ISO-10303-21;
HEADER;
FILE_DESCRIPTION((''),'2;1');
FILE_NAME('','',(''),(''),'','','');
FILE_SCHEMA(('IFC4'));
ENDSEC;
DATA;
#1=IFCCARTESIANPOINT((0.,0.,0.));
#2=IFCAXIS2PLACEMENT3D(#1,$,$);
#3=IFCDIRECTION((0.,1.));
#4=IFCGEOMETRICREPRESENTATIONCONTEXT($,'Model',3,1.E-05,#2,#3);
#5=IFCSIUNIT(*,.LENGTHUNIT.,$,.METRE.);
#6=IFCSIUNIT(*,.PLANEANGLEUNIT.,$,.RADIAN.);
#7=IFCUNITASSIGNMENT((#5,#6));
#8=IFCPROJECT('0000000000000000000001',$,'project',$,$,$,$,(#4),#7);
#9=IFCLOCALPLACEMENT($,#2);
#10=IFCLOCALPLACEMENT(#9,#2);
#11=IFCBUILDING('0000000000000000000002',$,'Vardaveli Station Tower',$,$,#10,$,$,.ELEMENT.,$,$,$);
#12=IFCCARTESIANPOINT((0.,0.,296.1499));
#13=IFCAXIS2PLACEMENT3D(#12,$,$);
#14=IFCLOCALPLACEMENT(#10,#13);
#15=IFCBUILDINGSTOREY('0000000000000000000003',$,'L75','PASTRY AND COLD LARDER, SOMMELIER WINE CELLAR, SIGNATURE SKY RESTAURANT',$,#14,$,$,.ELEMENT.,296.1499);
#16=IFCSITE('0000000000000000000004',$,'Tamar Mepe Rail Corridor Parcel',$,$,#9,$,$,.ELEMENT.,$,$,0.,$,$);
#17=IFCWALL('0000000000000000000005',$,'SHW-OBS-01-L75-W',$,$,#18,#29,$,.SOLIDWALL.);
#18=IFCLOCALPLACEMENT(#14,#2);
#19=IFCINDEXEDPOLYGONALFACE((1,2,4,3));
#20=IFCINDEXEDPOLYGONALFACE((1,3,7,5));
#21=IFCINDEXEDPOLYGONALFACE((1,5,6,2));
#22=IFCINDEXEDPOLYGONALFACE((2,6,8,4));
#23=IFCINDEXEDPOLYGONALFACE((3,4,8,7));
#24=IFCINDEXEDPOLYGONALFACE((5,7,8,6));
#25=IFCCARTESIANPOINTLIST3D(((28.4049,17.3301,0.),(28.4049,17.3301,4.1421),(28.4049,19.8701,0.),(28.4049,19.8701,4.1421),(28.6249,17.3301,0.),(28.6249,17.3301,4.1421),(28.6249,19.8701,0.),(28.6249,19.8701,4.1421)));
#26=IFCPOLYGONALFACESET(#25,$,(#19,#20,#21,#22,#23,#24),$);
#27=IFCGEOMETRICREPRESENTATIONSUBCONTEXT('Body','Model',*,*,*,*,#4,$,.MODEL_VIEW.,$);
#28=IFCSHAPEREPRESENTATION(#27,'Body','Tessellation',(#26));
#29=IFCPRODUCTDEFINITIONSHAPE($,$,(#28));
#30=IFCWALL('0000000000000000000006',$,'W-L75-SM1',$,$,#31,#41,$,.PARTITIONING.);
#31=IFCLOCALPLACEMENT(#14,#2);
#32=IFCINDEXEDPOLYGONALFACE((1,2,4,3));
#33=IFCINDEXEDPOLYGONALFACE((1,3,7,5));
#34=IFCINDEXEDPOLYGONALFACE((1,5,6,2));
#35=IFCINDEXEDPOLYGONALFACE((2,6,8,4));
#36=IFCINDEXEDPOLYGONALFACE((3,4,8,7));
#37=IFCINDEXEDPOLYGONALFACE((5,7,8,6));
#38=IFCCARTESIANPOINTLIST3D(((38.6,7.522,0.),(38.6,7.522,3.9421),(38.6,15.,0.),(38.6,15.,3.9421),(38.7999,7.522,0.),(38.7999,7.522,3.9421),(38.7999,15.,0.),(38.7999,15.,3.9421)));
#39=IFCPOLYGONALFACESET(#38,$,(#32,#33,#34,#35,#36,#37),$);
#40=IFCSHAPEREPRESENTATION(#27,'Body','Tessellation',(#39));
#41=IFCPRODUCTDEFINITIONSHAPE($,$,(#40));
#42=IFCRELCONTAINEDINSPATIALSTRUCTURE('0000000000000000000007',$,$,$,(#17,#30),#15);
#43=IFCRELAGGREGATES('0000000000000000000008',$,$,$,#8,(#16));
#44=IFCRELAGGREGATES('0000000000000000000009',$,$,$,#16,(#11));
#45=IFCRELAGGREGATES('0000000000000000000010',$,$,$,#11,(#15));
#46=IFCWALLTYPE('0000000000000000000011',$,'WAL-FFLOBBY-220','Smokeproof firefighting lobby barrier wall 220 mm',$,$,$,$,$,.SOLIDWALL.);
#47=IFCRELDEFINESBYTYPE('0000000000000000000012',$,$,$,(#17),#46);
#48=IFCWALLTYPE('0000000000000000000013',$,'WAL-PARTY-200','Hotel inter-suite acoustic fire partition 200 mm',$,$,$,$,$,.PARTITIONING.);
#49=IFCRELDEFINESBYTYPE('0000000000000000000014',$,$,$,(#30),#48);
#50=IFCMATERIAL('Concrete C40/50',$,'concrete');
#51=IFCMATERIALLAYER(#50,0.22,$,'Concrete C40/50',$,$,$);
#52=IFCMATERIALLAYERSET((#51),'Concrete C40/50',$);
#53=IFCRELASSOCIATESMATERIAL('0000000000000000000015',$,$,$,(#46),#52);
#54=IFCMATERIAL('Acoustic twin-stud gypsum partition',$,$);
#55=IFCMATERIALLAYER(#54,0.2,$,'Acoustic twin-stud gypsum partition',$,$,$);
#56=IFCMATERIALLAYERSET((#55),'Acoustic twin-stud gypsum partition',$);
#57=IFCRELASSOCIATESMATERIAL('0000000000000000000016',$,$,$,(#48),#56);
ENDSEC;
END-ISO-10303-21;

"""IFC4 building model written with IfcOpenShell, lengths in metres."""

from ifc_helpers import new_model, si_unit, direction, frame, frame_2d, origin, place, context, subcontext, project, spatial, rectangle, extrude, source, transform, mapped, material, layer, layer_set, type_object, element, save


model = new_model("IFC4")

# Units and contexts
model_context = context("Model", 3, precision=1e-05, world=origin(), true_north=direction((0.0, 1.0)))
body_context = subcontext(model_context, "Body", "Model", "MODEL_VIEW")
ifc_project = project(units=[si_unit("LENGTHUNIT", "METRE"), si_unit("PLANEANGLEUNIT", "RADIAN")], contexts=[model_context])

# Site, building, storey
site_placement = place(None, origin())
site = spatial("IfcSite", under=ifc_project, at=site_placement, Name="Tamar Mepe Rail Corridor Parcel", CompositionType="ELEMENT", RefElevation=0.0)
building_placement = place(site_placement, origin())
building = spatial("IfcBuilding", under=site, at=building_placement, Name="Vardaveli Station Tower", CompositionType="ELEMENT")
storey_placement = place(building_placement, frame((0.0, 0.0, 296.1499)))
storey = spatial("IfcBuildingStorey", under=building, at=storey_placement, Name="L75", Description="PASTRY AND COLD LARDER, SOMMELIER WINE CELLAR, SIGNATURE SKY RESTAURANT", CompositionType="ELEMENT", Elevation=296.1499)

# Walls
ifc_material_1 = material(Name="Concrete C40/50", Category="concrete")
ifc_layer_1 = layer(ifc_material_1, 0.22, Name="Concrete C40/50")
ifc_layer_set_1 = layer_set([ifc_layer_1], Name="Concrete C40/50")
wall_type_1 = type_object("IfcWallType", Name="WAL-FFLOBBY-220", Description="Smokeproof firefighting lobby barrier wall 220 mm", PredefinedType="SOLIDWALL", material=ifc_layer_set_1)
shared_shape_1 = source(origin(), body_context, "Body", "SweptSolid", [
    extrude(rectangle(XDim=2.54, YDim=0.22, at=frame_2d((1.27, 0.0))), origin(), (0.0, 0.0, 1.0), 4.1421),
])
wall_1_placement = place(storey_placement, frame((28.5149, 17.3301, 0.0), z_axis=(0.0, 0.0, 1.0), x_axis=(0.0, 1.0, 0.0)))
element("IfcWall", 1, at=wall_1_placement, inside=storey, type_object=wall_type_1, Name="SHW-OBS-01-L75-W", PredefinedType="SOLIDWALL", context=body_context, shape_type="MappedRepresentation", body=[
    mapped(shared_shape_1, transform((0.0, 0.0, 0.0), scale=1.0)),
])
ifc_material_2 = material(Name="Acoustic twin-stud gypsum partition")
ifc_layer_2 = layer(ifc_material_2, 0.2, Name="Acoustic twin-stud gypsum partition")
ifc_layer_set_2 = layer_set([ifc_layer_2], Name="Acoustic twin-stud gypsum partition")
wall_type_2 = type_object("IfcWallType", Name="WAL-PARTY-200", Description="Hotel inter-suite acoustic fire partition 200 mm", PredefinedType="PARTITIONING", material=ifc_layer_set_2)
shared_shape_2 = source(origin(), body_context, "Body", "SweptSolid", [
    extrude(rectangle(XDim=7.478, YDim=0.2, at=frame_2d((3.739, 0.0))), origin(), (0.0, 0.0, 1.0), 3.9421),
])
wall_2_placement = place(storey_placement, frame((38.7, 7.522, 0.0), z_axis=(0.0, 0.0, 1.0), x_axis=(0.0, 1.0, 0.0)))
element("IfcWall", 2, at=wall_2_placement, inside=storey, type_object=wall_type_2, Name="W-L75-SM1", PredefinedType="PARTITIONING", context=body_context, shape_type="MappedRepresentation", body=[
    mapped(shared_shape_2, transform((0.0, 0.0, 0.0), scale=1.0)),
])

save(model, "model.ifc")
